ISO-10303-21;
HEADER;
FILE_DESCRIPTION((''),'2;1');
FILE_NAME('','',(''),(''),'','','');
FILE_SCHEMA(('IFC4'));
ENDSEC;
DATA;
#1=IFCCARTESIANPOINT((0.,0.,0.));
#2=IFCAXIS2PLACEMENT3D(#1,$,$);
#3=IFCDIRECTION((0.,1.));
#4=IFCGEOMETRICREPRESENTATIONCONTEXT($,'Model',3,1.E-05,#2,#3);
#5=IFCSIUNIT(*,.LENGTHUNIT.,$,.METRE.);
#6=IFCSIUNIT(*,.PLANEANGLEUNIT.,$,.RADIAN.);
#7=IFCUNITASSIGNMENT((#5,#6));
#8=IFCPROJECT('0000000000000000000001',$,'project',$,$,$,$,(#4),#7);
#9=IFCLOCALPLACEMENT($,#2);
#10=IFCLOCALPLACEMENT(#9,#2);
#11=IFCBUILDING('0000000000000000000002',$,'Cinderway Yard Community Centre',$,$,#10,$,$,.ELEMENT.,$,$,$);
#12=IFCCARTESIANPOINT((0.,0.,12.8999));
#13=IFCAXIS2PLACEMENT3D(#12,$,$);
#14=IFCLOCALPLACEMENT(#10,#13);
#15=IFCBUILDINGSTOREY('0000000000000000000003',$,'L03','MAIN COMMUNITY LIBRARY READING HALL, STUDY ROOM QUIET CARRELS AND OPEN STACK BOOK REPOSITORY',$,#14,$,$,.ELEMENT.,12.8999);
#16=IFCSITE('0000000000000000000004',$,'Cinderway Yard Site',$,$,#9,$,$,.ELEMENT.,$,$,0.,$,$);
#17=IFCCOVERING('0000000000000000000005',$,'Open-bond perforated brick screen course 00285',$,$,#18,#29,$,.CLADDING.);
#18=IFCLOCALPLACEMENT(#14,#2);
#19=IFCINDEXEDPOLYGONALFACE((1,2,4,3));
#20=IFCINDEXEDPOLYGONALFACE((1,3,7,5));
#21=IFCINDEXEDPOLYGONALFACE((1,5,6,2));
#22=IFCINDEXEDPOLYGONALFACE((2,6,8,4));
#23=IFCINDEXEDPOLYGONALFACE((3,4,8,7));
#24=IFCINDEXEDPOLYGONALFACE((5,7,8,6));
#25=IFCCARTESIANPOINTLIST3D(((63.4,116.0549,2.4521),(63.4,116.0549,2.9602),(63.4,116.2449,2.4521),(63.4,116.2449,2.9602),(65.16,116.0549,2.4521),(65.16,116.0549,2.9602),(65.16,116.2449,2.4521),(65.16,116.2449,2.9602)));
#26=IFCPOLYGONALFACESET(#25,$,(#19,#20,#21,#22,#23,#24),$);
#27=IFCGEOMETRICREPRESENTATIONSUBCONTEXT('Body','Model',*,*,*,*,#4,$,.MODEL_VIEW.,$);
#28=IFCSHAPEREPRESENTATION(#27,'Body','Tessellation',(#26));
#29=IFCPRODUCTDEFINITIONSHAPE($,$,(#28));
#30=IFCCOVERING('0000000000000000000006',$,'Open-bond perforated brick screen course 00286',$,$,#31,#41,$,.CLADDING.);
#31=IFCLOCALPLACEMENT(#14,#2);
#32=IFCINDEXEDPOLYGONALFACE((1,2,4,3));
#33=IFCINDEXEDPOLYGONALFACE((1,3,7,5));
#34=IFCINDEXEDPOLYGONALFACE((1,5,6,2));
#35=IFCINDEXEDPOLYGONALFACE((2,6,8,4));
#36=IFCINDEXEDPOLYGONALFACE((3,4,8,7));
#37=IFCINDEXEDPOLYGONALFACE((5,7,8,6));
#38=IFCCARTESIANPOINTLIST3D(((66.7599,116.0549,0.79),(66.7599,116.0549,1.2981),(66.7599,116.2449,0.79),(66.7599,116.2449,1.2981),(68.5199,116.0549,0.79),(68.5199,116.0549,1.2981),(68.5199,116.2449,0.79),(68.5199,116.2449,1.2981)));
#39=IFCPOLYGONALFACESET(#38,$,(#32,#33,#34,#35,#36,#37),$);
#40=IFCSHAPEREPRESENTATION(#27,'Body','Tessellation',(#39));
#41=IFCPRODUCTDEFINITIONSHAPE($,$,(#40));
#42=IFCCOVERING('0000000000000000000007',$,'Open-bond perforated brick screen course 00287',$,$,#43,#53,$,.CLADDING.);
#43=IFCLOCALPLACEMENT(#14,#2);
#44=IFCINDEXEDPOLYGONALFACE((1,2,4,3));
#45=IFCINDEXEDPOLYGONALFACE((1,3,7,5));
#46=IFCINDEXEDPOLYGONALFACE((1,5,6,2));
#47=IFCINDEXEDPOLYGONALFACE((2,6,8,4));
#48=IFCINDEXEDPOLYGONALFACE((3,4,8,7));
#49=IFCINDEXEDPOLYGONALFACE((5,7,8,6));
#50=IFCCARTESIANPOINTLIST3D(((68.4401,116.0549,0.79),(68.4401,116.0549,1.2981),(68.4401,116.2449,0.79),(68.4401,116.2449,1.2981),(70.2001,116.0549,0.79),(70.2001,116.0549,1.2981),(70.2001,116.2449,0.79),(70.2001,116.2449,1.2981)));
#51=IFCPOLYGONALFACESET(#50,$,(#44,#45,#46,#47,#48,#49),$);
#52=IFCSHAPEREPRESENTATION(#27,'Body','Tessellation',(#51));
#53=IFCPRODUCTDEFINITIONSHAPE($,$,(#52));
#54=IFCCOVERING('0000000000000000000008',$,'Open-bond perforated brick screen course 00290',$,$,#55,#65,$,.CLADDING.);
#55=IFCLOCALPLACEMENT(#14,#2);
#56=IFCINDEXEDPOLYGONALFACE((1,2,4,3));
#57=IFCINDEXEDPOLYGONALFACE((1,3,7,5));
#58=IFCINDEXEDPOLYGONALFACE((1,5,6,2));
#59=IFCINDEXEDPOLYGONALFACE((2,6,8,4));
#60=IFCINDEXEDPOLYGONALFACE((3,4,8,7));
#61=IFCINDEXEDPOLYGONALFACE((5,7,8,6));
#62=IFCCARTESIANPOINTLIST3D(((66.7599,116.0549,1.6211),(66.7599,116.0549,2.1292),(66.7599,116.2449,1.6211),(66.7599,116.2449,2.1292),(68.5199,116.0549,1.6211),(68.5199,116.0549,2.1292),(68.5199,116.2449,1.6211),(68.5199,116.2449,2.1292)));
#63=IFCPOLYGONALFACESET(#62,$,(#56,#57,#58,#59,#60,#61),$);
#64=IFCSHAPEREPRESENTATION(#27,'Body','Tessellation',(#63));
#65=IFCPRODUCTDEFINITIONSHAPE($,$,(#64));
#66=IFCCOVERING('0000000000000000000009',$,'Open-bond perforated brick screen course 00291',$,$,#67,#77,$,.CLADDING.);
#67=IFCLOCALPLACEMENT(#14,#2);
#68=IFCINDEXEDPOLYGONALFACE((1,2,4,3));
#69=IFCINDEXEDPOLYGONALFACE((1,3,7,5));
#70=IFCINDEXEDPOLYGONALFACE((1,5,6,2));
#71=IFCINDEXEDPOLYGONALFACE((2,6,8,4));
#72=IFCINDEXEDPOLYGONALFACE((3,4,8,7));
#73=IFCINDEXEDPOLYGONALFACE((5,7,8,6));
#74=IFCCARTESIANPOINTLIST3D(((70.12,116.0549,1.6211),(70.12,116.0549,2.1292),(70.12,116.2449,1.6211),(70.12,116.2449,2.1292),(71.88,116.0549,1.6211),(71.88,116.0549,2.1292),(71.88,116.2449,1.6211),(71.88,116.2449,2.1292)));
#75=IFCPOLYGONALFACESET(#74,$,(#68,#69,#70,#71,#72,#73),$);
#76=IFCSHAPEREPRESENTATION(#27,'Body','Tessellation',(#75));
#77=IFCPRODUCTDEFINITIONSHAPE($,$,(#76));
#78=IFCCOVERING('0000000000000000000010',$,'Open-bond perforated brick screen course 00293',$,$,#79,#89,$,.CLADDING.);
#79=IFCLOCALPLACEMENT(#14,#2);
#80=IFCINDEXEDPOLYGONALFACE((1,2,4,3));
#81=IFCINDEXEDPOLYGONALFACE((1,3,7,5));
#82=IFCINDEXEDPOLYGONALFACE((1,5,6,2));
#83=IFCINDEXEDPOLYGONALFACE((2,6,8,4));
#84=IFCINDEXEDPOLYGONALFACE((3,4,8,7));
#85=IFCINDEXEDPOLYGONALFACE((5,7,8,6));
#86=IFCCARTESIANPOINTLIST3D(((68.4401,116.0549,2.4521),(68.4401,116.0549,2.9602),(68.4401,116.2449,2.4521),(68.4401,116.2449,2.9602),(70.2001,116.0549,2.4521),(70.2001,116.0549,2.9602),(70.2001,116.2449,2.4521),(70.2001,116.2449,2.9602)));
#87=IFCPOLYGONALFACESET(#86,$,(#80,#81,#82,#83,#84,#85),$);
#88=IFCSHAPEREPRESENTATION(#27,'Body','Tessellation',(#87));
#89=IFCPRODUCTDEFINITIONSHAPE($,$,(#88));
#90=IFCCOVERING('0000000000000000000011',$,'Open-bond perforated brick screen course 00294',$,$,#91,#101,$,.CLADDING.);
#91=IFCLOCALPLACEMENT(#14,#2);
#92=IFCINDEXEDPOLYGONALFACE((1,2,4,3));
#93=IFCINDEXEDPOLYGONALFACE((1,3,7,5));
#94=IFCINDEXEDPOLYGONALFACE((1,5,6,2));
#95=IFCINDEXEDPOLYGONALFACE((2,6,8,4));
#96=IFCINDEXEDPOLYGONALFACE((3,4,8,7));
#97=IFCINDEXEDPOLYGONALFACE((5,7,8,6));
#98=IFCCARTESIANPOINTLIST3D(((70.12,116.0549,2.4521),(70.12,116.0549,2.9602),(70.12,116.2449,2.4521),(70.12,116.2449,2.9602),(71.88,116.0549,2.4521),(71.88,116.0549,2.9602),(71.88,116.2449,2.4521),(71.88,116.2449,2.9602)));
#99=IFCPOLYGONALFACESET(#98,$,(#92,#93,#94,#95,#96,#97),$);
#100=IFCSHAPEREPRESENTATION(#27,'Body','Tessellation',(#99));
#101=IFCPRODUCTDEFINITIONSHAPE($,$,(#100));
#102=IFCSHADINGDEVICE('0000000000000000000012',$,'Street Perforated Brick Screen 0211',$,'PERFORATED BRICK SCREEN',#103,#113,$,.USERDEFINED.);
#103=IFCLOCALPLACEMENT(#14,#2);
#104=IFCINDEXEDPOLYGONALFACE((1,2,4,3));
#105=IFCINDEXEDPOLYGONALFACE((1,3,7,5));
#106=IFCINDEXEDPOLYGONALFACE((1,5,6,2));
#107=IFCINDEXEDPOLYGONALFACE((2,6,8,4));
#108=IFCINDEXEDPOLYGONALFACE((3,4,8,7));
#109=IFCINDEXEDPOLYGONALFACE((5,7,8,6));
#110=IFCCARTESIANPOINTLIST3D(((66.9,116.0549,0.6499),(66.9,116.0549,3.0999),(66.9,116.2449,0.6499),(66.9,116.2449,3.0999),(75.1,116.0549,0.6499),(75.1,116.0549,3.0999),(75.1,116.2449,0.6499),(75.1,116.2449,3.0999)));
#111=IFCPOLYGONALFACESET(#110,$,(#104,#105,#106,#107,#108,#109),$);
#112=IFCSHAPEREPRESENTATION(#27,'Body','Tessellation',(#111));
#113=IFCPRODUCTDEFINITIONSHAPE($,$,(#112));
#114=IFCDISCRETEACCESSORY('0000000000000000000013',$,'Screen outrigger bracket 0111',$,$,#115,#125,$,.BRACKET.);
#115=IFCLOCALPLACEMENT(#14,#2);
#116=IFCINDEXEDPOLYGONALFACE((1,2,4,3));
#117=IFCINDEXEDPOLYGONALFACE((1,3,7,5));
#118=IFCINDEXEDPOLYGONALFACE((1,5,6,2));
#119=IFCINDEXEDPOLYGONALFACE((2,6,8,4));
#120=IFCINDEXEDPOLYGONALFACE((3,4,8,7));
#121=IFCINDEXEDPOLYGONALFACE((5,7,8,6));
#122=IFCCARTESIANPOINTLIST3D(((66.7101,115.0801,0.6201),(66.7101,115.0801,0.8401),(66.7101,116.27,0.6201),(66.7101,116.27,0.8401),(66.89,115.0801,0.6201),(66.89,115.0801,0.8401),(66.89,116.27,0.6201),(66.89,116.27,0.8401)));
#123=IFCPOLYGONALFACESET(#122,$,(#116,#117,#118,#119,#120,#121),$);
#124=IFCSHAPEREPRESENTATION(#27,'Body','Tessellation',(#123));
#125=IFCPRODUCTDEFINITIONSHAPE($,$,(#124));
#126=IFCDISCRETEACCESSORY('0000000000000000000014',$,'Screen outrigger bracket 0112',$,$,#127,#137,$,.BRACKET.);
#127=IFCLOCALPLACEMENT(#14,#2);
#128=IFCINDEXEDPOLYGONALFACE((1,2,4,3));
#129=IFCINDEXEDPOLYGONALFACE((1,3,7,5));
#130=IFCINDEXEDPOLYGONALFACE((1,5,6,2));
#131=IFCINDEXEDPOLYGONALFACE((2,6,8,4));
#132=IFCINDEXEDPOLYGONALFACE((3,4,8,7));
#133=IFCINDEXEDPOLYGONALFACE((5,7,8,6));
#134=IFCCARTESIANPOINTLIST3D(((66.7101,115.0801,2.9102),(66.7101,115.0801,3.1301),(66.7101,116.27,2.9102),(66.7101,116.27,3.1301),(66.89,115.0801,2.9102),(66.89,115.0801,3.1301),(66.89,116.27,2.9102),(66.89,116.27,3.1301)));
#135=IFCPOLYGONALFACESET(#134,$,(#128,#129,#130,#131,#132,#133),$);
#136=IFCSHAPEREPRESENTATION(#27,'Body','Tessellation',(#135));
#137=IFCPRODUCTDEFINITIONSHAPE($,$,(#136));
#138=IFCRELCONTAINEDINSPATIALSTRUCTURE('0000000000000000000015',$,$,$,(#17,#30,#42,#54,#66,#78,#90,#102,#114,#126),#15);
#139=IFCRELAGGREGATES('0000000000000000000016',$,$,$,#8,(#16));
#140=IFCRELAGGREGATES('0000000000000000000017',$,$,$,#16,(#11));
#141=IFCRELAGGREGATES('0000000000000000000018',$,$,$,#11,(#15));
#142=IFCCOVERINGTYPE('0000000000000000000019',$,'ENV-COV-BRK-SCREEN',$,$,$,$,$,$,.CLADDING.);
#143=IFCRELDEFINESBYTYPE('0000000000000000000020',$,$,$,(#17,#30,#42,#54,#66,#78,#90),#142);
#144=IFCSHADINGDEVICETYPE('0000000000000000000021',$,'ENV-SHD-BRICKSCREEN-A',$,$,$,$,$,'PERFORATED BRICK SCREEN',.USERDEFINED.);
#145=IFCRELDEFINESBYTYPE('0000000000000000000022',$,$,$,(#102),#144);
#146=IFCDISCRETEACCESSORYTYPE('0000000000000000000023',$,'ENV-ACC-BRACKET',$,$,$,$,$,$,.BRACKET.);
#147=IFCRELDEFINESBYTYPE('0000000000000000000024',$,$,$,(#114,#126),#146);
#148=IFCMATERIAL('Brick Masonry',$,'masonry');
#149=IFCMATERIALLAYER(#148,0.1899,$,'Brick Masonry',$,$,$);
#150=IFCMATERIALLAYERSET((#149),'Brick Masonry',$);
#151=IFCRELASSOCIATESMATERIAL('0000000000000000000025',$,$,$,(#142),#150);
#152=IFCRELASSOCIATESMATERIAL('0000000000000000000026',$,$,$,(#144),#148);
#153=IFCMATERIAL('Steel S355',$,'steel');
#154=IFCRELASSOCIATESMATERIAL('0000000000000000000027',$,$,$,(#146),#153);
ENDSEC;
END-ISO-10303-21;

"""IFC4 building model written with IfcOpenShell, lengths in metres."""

from ifc_helpers import new_model, si_unit, direction, frame, origin, origin_2d, place, context, subcontext, project, spatial, rectangle, extrude, material, layer, layer_set, type_object, element, save


model = new_model("IFC4")

# Units and contexts
model_context = context("Model", 3, precision=1e-05, world=origin(), true_north=direction((0.0, 1.0)))
body_context = subcontext(model_context, "Body", "Model", "MODEL_VIEW")
ifc_project = project(units=[si_unit("LENGTHUNIT", "METRE"), si_unit("PLANEANGLEUNIT", "RADIAN")], contexts=[model_context])

# Site, building, storey
site_placement = place(None, origin())
site = spatial("IfcSite", under=ifc_project, at=site_placement, Name="Cinderway Yard Site", CompositionType="ELEMENT", RefElevation=0.0)
building_placement = place(site_placement, origin())
building = spatial("IfcBuilding", under=site, at=building_placement, Name="Cinderway Yard Community Centre", CompositionType="ELEMENT")
storey_placement = place(building_placement, frame((0.0, 0.0, 12.8999)))
storey = spatial("IfcBuildingStorey", under=building, at=storey_placement, Name="L03", Description="MAIN COMMUNITY LIBRARY READING HALL, STUDY ROOM QUIET CARRELS AND OPEN STACK BOOK REPOSITORY", CompositionType="ELEMENT", Elevation=12.8999)

# Shared definitions
ifc_material_1 = material(Name="Steel S355", Category="steel")

# Coverings
ifc_material_2 = material(Name="Brick Masonry", Category="masonry")
ifc_layer_1 = layer(ifc_material_2, 0.1899, Name="Brick Masonry")
ifc_layer_set_1 = layer_set([ifc_layer_1], Name="Brick Masonry")
covering_type = type_object("IfcCoveringType", Name="ENV-COV-BRK-SCREEN", PredefinedType="CLADDING", material=ifc_layer_set_1)
for number, where, z_axis, x_axis, name in (
    (1, (64.28, 116.1499, 2.4521), (0.0, 0.0, 1.0), (1.0, 0.0, 0.0), "Open-bond perforated brick screen course 00285"),
    (2, (67.6399, 116.1499, 0.79), (0.0, 0.0, 1.0), (1.0, 0.0, 0.0), "Open-bond perforated brick screen course 00286"),
    (3, (69.3201, 116.1499, 0.79), (0.0, 0.0, 1.0), (1.0, 0.0, 0.0), "Open-bond perforated brick screen course 00287"),
    (4, (67.6399, 116.1499, 1.6211), (0.0, 0.0, 1.0), (1.0, 0.0, 0.0), "Open-bond perforated brick screen course 00290"),
    (5, (71.0, 116.1499, 1.6211), (0.0, 0.0, 1.0), (1.0, 0.0, 0.0), "Open-bond perforated brick screen course 00291"),
    (6, (69.3201, 116.1499, 2.4521), (0.0, 0.0, 1.0), (1.0, 0.0, 0.0), "Open-bond perforated brick screen course 00293"),
    (7, (71.0, 116.1499, 2.4521), (0.0, 0.0, 1.0), (1.0, 0.0, 0.0), "Open-bond perforated brick screen course 00294"),
):
    element("IfcCovering", number, at=place(storey_placement, frame(where, z_axis=z_axis, x_axis=x_axis)), inside=storey, type_object=covering_type, Name=name, PredefinedType="CLADDING", context=body_context, shape_type="SweptSolid", body=[
        extrude(rectangle(XDim=1.76, YDim=0.1899, at=origin_2d()), origin(), (0.0, 0.0, 1.0), 0.5081),
    ])

# Shading device
shading_device_type = type_object("IfcShadingDeviceType", Name="ENV-SHD-BRICKSCREEN-A", ElementType="PERFORATED BRICK SCREEN", PredefinedType="USERDEFINED", material=ifc_material_2)
shading_device_placement = place(storey_placement, frame((71.0, 116.1499, 0.6499), z_axis=(0.0, 0.0, 1.0), x_axis=(1.0, 0.0, 0.0)))
element("IfcShadingDevice", 8, at=shading_device_placement, inside=storey, type_object=shading_device_type, Name="Street Perforated Brick Screen 0211", ObjectType="PERFORATED BRICK SCREEN", PredefinedType="USERDEFINED", context=body_context, shape_type="SweptSolid", body=[
    extrude(rectangle(XDim=8.2, YDim=0.1899, at=origin_2d()), origin(), (0.0, 0.0, 1.0), 2.45),
])

# Discrete accessories
discrete_accessory_type = type_object("IfcDiscreteAccessoryType", Name="ENV-ACC-BRACKET", PredefinedType="BRACKET", material=ifc_material_1)
for number, where, z_axis, x_axis, name in (
    (9, (66.8, 115.675, 0.6201), (0.0, 0.0, 1.0), (0.0, 1.0, 0.0), "Screen outrigger bracket 0111"),
    (10, (66.8, 115.675, 2.9102), (0.0, 0.0, 1.0), (0.0, 1.0, 0.0), "Screen outrigger bracket 0112"),
):
    element("IfcDiscreteAccessory", number, at=place(storey_placement, frame(where, z_axis=z_axis, x_axis=x_axis)), inside=storey, type_object=discrete_accessory_type, Name=name, PredefinedType="BRACKET", context=body_context, shape_type="SweptSolid", body=[
        extrude(rectangle(XDim=1.1899, YDim=0.1799, at=origin_2d()), origin(), (0.0, 0.0, 1.0), 0.22),
    ])

save(model, "model.ifc")
